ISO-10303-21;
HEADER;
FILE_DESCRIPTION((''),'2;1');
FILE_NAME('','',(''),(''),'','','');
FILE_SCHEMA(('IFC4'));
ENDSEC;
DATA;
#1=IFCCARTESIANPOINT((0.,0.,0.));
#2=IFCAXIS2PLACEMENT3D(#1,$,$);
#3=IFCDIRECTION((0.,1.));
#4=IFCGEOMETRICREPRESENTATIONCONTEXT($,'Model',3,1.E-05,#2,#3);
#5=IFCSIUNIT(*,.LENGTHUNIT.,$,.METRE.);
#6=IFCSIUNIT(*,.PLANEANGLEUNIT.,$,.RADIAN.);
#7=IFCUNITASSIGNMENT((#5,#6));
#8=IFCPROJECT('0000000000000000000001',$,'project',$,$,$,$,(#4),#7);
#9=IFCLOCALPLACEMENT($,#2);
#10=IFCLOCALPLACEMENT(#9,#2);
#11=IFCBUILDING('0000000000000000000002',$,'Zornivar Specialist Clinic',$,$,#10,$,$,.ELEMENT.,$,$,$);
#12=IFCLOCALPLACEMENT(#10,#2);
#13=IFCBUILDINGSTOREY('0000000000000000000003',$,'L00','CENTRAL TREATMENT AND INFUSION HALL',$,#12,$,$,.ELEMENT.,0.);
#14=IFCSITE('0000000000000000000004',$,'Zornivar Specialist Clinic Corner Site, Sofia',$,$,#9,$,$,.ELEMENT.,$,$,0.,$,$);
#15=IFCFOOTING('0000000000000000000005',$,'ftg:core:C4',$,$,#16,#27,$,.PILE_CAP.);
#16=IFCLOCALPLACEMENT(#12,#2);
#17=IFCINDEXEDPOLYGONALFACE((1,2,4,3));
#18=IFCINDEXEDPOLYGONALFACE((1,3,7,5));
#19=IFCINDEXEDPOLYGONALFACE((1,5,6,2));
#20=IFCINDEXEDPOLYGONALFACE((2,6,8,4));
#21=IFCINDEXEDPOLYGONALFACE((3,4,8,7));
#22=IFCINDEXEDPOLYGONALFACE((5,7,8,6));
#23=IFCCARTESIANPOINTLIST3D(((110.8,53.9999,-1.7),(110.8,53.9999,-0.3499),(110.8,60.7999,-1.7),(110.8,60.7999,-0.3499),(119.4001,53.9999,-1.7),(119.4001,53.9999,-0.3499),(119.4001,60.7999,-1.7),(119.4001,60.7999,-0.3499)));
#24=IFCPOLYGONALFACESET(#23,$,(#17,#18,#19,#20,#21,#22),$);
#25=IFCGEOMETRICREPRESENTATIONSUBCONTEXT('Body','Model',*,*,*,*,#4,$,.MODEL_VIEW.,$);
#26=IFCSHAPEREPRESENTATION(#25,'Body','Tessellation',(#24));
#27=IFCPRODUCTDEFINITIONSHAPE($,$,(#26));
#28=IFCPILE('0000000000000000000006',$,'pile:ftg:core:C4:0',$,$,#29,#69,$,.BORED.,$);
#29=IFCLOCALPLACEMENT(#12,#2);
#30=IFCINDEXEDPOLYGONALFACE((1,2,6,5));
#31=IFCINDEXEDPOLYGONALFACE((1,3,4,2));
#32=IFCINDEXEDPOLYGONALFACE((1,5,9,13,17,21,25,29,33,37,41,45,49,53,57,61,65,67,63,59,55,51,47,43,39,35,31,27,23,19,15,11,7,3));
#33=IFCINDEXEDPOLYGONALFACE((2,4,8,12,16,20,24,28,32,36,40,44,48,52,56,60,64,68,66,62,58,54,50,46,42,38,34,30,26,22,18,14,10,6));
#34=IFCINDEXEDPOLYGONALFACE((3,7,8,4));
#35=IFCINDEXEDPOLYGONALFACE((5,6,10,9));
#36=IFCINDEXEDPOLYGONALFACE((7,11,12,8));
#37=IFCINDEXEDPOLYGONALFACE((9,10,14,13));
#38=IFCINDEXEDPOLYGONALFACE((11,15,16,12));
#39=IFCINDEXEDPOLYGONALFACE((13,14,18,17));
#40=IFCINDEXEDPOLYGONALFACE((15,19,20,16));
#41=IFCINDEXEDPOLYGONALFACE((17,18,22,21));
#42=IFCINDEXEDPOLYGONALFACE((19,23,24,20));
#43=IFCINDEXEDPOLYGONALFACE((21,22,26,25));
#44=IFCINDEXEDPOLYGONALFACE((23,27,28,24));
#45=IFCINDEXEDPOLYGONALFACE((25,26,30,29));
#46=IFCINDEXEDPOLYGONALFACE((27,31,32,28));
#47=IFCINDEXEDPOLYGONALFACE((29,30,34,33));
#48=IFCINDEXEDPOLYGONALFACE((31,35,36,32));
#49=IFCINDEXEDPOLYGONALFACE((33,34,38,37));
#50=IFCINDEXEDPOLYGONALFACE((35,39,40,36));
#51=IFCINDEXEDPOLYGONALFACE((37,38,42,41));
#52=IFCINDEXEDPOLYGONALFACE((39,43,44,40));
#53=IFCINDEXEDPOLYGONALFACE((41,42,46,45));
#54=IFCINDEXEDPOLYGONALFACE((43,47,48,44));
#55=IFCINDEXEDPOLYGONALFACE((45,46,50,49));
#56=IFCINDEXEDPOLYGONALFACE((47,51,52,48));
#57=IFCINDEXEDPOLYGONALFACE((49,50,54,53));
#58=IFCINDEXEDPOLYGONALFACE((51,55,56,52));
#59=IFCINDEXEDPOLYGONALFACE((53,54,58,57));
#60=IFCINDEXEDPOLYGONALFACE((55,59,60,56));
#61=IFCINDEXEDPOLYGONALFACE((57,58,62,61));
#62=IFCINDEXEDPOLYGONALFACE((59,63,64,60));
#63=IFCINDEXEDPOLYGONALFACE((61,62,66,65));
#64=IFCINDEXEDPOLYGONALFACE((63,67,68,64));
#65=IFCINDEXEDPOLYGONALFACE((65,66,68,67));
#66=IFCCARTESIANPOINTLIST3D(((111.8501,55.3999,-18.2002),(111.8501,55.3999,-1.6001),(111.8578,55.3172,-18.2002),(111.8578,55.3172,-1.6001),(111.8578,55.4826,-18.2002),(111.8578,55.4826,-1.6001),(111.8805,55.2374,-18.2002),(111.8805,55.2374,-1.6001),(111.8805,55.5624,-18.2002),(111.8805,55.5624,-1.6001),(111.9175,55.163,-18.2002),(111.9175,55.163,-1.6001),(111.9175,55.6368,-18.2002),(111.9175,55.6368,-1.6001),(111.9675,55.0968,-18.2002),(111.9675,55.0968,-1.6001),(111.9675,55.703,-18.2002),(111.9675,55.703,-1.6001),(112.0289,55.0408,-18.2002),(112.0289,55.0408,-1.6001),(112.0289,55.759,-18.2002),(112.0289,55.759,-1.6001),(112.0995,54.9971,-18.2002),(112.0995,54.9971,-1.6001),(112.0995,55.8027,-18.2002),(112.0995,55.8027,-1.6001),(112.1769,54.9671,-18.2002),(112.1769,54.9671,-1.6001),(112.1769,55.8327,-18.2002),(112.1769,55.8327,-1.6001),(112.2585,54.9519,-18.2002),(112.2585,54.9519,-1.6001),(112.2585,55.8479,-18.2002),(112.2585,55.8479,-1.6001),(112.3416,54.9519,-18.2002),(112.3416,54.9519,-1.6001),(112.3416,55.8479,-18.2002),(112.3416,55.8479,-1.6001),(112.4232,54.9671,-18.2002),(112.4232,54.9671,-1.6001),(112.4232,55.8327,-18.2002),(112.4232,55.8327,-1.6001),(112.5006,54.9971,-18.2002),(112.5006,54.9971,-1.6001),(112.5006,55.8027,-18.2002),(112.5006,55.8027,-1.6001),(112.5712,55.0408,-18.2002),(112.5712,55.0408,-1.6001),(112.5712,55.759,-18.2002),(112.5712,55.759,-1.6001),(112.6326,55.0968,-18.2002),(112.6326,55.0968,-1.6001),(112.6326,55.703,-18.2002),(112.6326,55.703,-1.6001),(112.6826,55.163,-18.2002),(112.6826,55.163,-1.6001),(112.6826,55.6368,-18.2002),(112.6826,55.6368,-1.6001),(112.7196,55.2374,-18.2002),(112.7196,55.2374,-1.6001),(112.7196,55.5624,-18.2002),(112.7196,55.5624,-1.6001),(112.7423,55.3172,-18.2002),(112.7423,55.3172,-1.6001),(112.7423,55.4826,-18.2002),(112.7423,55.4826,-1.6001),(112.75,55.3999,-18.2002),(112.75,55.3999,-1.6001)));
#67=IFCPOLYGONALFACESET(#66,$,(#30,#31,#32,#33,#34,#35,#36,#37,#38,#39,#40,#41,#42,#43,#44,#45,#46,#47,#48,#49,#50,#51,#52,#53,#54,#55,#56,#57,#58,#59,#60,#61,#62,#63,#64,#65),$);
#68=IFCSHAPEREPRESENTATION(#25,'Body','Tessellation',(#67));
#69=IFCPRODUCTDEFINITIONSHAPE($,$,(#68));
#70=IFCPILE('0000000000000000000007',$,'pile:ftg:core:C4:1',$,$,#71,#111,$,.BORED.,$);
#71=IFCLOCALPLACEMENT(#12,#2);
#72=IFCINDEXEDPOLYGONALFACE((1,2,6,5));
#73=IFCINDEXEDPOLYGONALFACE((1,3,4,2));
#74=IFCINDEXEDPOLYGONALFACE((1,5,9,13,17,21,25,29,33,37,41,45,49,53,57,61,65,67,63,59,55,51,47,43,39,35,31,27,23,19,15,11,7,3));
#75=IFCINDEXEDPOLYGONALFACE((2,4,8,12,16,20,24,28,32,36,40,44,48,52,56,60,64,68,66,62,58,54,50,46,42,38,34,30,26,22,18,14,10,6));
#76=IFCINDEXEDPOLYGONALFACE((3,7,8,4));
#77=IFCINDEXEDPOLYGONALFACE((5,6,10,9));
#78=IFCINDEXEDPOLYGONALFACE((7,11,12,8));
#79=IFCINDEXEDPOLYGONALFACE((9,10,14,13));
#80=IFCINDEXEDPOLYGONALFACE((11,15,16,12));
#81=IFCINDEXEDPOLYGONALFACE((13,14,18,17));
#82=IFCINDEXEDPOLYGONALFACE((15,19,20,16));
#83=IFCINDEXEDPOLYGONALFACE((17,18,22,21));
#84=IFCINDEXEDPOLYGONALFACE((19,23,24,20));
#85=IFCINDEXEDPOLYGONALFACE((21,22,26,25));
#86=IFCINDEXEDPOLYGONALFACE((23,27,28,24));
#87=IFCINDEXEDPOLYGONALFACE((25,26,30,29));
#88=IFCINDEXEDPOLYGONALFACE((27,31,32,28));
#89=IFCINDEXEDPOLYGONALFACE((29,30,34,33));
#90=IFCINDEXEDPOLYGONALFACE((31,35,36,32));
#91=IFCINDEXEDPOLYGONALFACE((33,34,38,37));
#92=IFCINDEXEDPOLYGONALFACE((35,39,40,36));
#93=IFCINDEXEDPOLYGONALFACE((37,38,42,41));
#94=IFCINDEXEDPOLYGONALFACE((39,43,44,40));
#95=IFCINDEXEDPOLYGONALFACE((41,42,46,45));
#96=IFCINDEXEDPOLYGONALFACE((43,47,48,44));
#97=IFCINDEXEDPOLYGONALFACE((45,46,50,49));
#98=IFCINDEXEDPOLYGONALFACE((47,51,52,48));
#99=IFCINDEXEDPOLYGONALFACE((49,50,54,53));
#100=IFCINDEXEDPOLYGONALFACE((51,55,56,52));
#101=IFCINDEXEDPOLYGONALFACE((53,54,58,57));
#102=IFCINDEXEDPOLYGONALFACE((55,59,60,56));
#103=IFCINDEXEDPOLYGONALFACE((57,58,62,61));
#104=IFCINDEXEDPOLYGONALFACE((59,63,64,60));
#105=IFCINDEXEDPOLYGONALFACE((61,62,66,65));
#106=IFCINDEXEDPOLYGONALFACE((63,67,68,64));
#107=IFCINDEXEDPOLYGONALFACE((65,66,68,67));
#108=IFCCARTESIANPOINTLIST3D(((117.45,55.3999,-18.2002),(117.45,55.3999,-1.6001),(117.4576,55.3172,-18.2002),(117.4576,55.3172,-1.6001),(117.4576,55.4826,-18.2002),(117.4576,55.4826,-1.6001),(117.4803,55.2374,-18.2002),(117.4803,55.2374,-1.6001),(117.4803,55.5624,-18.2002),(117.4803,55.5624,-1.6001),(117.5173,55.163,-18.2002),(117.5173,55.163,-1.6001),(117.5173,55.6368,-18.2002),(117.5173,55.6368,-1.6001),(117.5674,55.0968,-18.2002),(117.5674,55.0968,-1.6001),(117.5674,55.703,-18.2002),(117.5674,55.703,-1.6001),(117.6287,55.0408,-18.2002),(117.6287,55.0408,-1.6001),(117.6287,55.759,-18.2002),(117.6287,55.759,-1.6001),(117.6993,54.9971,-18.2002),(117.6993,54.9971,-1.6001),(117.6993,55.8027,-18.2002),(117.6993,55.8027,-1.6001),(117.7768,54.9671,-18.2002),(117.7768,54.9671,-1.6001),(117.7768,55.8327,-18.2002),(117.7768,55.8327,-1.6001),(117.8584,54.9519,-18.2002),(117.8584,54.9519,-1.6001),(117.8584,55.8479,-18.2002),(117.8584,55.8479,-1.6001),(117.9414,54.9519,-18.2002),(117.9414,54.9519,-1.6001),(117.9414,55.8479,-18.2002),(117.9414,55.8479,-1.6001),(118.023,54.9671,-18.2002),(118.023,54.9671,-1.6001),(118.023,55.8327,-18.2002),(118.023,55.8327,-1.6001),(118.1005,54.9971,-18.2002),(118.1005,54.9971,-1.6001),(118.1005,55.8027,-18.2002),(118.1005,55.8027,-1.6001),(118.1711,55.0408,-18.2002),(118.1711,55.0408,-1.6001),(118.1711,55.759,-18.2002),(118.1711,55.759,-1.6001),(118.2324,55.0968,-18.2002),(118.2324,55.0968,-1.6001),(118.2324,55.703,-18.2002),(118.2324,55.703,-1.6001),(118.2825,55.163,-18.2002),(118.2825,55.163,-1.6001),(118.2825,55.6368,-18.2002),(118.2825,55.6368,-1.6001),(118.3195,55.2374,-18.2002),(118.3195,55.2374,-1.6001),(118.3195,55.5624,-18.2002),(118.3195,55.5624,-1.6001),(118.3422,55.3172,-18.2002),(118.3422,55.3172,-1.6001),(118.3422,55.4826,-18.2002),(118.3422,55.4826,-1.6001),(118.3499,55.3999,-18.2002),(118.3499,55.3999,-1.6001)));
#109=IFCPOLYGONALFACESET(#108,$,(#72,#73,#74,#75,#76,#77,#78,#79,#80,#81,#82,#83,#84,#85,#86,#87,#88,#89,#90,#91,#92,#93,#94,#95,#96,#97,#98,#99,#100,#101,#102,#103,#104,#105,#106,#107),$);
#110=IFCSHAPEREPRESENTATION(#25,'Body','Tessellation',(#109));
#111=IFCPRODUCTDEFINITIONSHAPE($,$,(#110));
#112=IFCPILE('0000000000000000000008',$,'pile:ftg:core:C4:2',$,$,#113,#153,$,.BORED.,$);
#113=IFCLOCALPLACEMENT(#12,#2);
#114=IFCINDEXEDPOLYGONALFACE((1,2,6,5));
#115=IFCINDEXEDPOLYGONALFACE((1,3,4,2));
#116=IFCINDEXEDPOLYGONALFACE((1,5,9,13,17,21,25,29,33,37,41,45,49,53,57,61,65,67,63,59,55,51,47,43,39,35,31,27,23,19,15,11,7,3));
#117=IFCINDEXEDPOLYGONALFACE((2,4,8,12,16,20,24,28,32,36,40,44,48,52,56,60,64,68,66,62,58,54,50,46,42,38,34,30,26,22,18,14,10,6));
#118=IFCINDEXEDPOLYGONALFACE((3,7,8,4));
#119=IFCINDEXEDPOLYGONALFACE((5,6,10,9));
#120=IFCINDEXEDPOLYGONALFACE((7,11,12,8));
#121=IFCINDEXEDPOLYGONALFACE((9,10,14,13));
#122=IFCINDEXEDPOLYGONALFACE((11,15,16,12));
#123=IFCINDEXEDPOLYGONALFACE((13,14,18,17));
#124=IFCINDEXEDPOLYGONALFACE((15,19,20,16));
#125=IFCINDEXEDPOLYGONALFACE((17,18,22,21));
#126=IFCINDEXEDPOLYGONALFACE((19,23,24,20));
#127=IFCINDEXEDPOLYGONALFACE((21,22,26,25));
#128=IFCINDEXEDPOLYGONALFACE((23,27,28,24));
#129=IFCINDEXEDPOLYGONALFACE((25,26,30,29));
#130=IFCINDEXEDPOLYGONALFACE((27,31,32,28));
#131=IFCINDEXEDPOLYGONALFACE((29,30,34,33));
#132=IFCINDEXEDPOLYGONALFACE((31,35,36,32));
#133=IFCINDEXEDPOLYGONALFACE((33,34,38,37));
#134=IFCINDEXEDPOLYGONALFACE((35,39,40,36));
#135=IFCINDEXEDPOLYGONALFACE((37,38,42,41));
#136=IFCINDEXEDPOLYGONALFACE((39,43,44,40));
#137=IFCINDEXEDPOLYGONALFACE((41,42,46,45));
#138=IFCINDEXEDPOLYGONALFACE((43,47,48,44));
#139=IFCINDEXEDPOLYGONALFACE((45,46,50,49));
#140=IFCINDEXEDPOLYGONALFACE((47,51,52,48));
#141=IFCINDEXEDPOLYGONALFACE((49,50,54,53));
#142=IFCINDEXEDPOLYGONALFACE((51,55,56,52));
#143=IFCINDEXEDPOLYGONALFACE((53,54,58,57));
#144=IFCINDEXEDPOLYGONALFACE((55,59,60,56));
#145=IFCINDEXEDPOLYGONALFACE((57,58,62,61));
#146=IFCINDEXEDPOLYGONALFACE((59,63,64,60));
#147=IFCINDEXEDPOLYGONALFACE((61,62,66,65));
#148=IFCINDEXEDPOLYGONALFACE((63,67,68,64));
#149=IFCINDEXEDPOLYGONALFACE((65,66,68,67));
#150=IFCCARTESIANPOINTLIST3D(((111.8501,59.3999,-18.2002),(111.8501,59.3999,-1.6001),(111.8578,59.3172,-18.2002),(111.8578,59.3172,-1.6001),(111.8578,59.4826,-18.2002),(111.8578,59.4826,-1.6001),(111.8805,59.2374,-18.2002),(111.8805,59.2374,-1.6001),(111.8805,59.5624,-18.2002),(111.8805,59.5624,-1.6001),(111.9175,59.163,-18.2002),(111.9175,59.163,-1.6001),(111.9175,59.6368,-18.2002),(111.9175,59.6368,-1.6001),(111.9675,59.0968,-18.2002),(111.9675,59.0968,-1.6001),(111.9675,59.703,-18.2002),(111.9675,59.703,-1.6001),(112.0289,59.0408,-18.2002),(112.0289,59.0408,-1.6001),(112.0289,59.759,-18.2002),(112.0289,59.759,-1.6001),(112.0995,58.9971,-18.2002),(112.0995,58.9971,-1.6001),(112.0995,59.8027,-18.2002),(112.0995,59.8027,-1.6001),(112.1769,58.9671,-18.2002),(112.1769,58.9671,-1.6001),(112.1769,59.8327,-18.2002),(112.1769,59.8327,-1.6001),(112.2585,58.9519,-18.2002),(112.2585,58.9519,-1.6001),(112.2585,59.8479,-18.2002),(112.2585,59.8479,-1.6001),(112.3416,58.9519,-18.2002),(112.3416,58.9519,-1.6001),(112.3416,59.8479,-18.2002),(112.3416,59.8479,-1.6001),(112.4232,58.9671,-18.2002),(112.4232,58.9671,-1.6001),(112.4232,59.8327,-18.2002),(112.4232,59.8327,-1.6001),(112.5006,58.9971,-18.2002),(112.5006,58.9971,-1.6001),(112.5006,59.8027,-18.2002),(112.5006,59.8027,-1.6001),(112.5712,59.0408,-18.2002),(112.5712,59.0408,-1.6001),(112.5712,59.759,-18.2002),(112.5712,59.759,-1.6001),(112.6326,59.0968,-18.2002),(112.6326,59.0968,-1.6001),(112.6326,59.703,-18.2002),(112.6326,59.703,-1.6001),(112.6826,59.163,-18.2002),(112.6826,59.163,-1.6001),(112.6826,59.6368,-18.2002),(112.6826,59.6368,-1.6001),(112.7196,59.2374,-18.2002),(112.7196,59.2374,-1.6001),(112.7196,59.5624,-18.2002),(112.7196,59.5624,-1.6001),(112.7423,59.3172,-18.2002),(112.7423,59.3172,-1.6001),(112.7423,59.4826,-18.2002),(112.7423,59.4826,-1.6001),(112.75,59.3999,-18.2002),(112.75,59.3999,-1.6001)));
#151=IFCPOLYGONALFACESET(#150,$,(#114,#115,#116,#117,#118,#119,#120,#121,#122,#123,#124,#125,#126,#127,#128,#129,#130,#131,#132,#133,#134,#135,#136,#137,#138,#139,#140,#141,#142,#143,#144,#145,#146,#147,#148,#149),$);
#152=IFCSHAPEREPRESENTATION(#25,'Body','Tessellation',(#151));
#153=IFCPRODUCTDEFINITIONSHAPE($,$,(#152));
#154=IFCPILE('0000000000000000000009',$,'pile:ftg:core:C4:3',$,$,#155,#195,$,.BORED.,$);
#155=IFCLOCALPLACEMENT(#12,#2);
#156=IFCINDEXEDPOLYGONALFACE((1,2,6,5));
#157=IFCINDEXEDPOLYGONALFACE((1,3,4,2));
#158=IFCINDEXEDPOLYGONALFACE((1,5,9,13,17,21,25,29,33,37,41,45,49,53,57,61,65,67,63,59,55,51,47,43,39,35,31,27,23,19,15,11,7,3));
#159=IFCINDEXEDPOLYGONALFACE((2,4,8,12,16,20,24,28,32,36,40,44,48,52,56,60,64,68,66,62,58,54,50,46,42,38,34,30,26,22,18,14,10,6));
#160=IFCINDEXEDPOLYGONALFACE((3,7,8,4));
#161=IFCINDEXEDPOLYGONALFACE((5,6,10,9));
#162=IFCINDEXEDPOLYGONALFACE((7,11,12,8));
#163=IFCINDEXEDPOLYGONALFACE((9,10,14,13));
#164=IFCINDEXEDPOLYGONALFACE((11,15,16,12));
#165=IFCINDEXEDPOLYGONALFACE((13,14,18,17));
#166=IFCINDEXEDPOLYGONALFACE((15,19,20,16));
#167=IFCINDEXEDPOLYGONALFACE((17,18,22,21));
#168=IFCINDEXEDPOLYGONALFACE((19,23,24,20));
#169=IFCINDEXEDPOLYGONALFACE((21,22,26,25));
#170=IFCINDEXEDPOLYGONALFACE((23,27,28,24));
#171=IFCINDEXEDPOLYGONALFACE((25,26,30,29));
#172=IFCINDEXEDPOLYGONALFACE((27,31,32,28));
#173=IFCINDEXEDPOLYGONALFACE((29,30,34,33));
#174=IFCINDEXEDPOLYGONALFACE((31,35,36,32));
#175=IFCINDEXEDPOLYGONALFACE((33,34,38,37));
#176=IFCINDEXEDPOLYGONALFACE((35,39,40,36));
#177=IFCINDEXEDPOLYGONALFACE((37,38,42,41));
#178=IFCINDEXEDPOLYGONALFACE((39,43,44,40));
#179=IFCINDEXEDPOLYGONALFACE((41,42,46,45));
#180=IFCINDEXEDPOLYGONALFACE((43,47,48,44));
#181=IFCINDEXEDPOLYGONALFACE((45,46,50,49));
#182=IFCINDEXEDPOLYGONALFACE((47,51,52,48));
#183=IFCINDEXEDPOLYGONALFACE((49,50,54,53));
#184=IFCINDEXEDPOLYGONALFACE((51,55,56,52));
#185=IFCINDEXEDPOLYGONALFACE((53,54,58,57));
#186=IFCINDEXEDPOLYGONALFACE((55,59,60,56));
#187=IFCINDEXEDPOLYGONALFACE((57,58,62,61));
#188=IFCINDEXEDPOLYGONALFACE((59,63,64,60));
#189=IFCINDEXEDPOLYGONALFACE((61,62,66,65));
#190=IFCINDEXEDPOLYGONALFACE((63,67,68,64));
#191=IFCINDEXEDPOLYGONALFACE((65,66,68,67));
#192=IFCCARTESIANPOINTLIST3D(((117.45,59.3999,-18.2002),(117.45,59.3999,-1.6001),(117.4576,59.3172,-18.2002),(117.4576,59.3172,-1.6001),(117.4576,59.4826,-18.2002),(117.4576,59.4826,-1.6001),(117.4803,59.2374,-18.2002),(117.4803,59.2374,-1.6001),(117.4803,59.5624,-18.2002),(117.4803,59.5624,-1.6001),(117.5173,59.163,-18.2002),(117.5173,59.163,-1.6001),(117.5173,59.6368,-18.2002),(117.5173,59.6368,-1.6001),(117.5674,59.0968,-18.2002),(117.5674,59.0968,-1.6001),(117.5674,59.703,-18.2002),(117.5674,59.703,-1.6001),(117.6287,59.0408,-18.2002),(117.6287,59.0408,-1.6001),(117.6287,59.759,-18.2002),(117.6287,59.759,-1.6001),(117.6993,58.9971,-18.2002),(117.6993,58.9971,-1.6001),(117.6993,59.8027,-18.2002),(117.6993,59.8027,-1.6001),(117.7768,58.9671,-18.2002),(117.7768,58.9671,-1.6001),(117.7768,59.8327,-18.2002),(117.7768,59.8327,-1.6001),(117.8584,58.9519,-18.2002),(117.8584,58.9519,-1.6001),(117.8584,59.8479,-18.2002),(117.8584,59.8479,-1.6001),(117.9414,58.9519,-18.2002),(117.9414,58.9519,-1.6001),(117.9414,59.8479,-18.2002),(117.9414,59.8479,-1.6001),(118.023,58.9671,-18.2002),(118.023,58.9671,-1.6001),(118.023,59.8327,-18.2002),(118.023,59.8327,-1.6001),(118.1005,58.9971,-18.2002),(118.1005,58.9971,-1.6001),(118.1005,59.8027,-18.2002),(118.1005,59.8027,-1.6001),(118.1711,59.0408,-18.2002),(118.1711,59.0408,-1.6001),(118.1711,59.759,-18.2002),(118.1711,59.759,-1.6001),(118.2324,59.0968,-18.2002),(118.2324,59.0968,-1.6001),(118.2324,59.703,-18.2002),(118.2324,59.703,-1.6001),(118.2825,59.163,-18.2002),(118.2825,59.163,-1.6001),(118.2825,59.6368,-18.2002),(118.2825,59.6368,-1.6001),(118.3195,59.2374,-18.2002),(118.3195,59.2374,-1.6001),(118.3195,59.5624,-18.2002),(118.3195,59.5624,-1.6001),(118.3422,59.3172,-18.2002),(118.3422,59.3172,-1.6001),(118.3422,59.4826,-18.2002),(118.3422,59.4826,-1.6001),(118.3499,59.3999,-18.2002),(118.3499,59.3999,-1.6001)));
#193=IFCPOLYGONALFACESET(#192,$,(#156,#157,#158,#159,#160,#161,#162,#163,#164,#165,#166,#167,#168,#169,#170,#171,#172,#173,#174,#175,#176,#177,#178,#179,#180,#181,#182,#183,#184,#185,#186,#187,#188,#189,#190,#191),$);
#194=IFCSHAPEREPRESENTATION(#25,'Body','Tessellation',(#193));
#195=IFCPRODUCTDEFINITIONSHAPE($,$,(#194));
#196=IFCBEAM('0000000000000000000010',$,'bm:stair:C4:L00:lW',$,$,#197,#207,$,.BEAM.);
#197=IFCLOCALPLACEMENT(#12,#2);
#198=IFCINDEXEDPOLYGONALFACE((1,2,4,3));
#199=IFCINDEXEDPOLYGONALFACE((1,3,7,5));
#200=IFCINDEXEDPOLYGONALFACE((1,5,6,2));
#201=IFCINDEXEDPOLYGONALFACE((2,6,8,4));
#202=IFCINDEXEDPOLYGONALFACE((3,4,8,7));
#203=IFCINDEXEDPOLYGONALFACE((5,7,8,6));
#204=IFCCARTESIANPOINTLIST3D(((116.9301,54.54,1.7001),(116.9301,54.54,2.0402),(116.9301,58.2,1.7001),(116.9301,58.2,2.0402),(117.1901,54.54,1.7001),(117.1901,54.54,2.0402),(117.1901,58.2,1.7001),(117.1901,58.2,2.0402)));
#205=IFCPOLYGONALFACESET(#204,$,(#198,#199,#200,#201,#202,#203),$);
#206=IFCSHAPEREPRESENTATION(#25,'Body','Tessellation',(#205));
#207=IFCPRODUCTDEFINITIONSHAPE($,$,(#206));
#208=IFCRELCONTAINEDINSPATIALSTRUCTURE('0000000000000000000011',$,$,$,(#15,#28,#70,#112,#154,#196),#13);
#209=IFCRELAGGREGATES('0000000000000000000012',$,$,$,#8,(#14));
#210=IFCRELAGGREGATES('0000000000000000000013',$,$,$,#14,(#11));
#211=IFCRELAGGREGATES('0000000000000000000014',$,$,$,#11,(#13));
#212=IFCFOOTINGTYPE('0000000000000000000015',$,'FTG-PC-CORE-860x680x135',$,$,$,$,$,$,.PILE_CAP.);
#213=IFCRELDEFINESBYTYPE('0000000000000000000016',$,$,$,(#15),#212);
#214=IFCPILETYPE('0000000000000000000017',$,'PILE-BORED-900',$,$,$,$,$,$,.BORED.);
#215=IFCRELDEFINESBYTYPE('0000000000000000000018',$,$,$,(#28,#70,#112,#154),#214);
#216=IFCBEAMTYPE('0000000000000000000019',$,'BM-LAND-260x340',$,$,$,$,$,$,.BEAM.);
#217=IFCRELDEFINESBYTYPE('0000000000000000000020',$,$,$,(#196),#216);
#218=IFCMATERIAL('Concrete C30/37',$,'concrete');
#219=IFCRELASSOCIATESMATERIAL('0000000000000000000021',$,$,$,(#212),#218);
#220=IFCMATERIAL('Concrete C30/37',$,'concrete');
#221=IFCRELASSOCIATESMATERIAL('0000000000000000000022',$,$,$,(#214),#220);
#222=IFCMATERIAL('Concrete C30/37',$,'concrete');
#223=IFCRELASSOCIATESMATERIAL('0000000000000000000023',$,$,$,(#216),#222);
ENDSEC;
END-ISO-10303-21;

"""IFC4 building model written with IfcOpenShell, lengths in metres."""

from ifc_helpers import new_model, si_unit, direction, frame, origin, origin_2d, place, context, subcontext, project, spatial, rectangle, circle, extrude, material, material_profile, profile_set, type_object, element, save


model = new_model("IFC4")

# Units and contexts
model_context = context("Model", 3, precision=1e-05, world=origin(), true_north=direction((0.0, 1.0)))
body_context = subcontext(model_context, "Body", "Model", "MODEL_VIEW")
ifc_project = project(units=[si_unit("LENGTHUNIT", "METRE"), si_unit("PLANEANGLEUNIT", "RADIAN")], contexts=[model_context])

# Site, building, storey
site_placement = place(None, origin())
site = spatial("IfcSite", under=ifc_project, at=site_placement, Name="Zornivar Specialist Clinic Corner Site, Sofia", CompositionType="ELEMENT", RefElevation=0.0)
building_placement = place(site_placement, origin())
building = spatial("IfcBuilding", under=site, at=building_placement, Name="Zornivar Specialist Clinic", CompositionType="ELEMENT")
storey_placement = place(building_placement, origin())
storey = spatial("IfcBuildingStorey", under=building, at=storey_placement, Name="L00", Description="CENTRAL TREATMENT AND INFUSION HALL", CompositionType="ELEMENT", Elevation=0.0)

# Footing
ifc_material_1 = material(Name="Concrete C30/37", Category="concrete")
footing_type = type_object("IfcFootingType", Name="FTG-PC-CORE-860x680x135", PredefinedType="PILE_CAP", material=ifc_material_1)
footing_placement = place(storey_placement, frame((115.1001, 57.3999, -1.7), z_axis=(0.0, 0.0, 1.0), x_axis=(1.0, 0.0, 0.0)))
element("IfcFooting", 1, at=footing_placement, inside=storey, type_object=footing_type, Name="ftg:core:C4", PredefinedType="PILE_CAP", context=body_context, shape_type="SweptSolid", body=[
    extrude(rectangle(XDim=8.6001, YDim=6.8, at=origin_2d()), origin(), (0.0, 0.0, 1.0), 1.3501),
])

# Piles
ifc_material_2 = material(Name="Concrete C30/37", Category="concrete")
ifc_material_profile_1 = material_profile(ifc_material_2, circle(Radius=0.45, at=origin_2d()), Name="PILE D900")
ifc_profile_set_1 = profile_set([ifc_material_profile_1], Name="Concrete C30/37")
pile_type = type_object("IfcPileType", Name="PILE-BORED-900", PredefinedType="BORED", material=ifc_profile_set_1)
for number, where, z_axis, x_axis, name in (
    (2, (112.3, 55.3999, -1.6001), (0.0, 0.0, -1.0), (1.0, 0.0, 0.0), "pile:ftg:core:C4:0"),
    (3, (117.8999, 55.3999, -1.6001), (0.0, 0.0, -1.0), (1.0, 0.0, 0.0), "pile:ftg:core:C4:1"),
    (4, (112.3, 59.3999, -1.6001), (0.0, 0.0, -1.0), (1.0, 0.0, 0.0), "pile:ftg:core:C4:2"),
    (5, (117.8999, 59.3999, -1.6001), (0.0, 0.0, -1.0), (1.0, 0.0, 0.0), "pile:ftg:core:C4:3"),
):
    element("IfcPile", number, at=place(storey_placement, frame(where, z_axis=z_axis, x_axis=x_axis)), inside=storey, type_object=pile_type, Name=name, PredefinedType="BORED", context=body_context, shape_type="SweptSolid", body=[
        extrude(circle(Radius=0.45, at=origin_2d()), origin(), (0.0, 0.0, 1.0), 16.6001),
    ])

# Beam
ifc_material_3 = material(Name="Concrete C30/37", Category="concrete")
ifc_material_profile_2 = material_profile(ifc_material_3, rectangle(XDim=0.26, YDim=0.3401, at=origin_2d()), Name="RC 260x340")
ifc_profile_set_2 = profile_set([ifc_material_profile_2], Name="Concrete C30/37")
beam_type = type_object("IfcBeamType", Name="BM-LAND-260x340", PredefinedType="BEAM", material=ifc_profile_set_2)
for number, where, z_axis, x_axis, name in (
    (6, (117.0601, 54.54, 1.8701), (0.0, 1.0, 0.0), (-1.0, 0.0, 0.0), "bm:stair:C4:L00:lW"),
):
    element("IfcBeam", number, at=place(storey_placement, frame(where, z_axis=z_axis, x_axis=x_axis)), inside=storey, type_object=beam_type, Name=name, PredefinedType="BEAM", context=body_context, shape_type="SweptSolid", body=[
        extrude(rectangle(XDim=0.26, YDim=0.3401, at=origin_2d()), origin(), (0.0, 0.0, 1.0), 3.6599),
    ])

save(model, "model.ifc")
